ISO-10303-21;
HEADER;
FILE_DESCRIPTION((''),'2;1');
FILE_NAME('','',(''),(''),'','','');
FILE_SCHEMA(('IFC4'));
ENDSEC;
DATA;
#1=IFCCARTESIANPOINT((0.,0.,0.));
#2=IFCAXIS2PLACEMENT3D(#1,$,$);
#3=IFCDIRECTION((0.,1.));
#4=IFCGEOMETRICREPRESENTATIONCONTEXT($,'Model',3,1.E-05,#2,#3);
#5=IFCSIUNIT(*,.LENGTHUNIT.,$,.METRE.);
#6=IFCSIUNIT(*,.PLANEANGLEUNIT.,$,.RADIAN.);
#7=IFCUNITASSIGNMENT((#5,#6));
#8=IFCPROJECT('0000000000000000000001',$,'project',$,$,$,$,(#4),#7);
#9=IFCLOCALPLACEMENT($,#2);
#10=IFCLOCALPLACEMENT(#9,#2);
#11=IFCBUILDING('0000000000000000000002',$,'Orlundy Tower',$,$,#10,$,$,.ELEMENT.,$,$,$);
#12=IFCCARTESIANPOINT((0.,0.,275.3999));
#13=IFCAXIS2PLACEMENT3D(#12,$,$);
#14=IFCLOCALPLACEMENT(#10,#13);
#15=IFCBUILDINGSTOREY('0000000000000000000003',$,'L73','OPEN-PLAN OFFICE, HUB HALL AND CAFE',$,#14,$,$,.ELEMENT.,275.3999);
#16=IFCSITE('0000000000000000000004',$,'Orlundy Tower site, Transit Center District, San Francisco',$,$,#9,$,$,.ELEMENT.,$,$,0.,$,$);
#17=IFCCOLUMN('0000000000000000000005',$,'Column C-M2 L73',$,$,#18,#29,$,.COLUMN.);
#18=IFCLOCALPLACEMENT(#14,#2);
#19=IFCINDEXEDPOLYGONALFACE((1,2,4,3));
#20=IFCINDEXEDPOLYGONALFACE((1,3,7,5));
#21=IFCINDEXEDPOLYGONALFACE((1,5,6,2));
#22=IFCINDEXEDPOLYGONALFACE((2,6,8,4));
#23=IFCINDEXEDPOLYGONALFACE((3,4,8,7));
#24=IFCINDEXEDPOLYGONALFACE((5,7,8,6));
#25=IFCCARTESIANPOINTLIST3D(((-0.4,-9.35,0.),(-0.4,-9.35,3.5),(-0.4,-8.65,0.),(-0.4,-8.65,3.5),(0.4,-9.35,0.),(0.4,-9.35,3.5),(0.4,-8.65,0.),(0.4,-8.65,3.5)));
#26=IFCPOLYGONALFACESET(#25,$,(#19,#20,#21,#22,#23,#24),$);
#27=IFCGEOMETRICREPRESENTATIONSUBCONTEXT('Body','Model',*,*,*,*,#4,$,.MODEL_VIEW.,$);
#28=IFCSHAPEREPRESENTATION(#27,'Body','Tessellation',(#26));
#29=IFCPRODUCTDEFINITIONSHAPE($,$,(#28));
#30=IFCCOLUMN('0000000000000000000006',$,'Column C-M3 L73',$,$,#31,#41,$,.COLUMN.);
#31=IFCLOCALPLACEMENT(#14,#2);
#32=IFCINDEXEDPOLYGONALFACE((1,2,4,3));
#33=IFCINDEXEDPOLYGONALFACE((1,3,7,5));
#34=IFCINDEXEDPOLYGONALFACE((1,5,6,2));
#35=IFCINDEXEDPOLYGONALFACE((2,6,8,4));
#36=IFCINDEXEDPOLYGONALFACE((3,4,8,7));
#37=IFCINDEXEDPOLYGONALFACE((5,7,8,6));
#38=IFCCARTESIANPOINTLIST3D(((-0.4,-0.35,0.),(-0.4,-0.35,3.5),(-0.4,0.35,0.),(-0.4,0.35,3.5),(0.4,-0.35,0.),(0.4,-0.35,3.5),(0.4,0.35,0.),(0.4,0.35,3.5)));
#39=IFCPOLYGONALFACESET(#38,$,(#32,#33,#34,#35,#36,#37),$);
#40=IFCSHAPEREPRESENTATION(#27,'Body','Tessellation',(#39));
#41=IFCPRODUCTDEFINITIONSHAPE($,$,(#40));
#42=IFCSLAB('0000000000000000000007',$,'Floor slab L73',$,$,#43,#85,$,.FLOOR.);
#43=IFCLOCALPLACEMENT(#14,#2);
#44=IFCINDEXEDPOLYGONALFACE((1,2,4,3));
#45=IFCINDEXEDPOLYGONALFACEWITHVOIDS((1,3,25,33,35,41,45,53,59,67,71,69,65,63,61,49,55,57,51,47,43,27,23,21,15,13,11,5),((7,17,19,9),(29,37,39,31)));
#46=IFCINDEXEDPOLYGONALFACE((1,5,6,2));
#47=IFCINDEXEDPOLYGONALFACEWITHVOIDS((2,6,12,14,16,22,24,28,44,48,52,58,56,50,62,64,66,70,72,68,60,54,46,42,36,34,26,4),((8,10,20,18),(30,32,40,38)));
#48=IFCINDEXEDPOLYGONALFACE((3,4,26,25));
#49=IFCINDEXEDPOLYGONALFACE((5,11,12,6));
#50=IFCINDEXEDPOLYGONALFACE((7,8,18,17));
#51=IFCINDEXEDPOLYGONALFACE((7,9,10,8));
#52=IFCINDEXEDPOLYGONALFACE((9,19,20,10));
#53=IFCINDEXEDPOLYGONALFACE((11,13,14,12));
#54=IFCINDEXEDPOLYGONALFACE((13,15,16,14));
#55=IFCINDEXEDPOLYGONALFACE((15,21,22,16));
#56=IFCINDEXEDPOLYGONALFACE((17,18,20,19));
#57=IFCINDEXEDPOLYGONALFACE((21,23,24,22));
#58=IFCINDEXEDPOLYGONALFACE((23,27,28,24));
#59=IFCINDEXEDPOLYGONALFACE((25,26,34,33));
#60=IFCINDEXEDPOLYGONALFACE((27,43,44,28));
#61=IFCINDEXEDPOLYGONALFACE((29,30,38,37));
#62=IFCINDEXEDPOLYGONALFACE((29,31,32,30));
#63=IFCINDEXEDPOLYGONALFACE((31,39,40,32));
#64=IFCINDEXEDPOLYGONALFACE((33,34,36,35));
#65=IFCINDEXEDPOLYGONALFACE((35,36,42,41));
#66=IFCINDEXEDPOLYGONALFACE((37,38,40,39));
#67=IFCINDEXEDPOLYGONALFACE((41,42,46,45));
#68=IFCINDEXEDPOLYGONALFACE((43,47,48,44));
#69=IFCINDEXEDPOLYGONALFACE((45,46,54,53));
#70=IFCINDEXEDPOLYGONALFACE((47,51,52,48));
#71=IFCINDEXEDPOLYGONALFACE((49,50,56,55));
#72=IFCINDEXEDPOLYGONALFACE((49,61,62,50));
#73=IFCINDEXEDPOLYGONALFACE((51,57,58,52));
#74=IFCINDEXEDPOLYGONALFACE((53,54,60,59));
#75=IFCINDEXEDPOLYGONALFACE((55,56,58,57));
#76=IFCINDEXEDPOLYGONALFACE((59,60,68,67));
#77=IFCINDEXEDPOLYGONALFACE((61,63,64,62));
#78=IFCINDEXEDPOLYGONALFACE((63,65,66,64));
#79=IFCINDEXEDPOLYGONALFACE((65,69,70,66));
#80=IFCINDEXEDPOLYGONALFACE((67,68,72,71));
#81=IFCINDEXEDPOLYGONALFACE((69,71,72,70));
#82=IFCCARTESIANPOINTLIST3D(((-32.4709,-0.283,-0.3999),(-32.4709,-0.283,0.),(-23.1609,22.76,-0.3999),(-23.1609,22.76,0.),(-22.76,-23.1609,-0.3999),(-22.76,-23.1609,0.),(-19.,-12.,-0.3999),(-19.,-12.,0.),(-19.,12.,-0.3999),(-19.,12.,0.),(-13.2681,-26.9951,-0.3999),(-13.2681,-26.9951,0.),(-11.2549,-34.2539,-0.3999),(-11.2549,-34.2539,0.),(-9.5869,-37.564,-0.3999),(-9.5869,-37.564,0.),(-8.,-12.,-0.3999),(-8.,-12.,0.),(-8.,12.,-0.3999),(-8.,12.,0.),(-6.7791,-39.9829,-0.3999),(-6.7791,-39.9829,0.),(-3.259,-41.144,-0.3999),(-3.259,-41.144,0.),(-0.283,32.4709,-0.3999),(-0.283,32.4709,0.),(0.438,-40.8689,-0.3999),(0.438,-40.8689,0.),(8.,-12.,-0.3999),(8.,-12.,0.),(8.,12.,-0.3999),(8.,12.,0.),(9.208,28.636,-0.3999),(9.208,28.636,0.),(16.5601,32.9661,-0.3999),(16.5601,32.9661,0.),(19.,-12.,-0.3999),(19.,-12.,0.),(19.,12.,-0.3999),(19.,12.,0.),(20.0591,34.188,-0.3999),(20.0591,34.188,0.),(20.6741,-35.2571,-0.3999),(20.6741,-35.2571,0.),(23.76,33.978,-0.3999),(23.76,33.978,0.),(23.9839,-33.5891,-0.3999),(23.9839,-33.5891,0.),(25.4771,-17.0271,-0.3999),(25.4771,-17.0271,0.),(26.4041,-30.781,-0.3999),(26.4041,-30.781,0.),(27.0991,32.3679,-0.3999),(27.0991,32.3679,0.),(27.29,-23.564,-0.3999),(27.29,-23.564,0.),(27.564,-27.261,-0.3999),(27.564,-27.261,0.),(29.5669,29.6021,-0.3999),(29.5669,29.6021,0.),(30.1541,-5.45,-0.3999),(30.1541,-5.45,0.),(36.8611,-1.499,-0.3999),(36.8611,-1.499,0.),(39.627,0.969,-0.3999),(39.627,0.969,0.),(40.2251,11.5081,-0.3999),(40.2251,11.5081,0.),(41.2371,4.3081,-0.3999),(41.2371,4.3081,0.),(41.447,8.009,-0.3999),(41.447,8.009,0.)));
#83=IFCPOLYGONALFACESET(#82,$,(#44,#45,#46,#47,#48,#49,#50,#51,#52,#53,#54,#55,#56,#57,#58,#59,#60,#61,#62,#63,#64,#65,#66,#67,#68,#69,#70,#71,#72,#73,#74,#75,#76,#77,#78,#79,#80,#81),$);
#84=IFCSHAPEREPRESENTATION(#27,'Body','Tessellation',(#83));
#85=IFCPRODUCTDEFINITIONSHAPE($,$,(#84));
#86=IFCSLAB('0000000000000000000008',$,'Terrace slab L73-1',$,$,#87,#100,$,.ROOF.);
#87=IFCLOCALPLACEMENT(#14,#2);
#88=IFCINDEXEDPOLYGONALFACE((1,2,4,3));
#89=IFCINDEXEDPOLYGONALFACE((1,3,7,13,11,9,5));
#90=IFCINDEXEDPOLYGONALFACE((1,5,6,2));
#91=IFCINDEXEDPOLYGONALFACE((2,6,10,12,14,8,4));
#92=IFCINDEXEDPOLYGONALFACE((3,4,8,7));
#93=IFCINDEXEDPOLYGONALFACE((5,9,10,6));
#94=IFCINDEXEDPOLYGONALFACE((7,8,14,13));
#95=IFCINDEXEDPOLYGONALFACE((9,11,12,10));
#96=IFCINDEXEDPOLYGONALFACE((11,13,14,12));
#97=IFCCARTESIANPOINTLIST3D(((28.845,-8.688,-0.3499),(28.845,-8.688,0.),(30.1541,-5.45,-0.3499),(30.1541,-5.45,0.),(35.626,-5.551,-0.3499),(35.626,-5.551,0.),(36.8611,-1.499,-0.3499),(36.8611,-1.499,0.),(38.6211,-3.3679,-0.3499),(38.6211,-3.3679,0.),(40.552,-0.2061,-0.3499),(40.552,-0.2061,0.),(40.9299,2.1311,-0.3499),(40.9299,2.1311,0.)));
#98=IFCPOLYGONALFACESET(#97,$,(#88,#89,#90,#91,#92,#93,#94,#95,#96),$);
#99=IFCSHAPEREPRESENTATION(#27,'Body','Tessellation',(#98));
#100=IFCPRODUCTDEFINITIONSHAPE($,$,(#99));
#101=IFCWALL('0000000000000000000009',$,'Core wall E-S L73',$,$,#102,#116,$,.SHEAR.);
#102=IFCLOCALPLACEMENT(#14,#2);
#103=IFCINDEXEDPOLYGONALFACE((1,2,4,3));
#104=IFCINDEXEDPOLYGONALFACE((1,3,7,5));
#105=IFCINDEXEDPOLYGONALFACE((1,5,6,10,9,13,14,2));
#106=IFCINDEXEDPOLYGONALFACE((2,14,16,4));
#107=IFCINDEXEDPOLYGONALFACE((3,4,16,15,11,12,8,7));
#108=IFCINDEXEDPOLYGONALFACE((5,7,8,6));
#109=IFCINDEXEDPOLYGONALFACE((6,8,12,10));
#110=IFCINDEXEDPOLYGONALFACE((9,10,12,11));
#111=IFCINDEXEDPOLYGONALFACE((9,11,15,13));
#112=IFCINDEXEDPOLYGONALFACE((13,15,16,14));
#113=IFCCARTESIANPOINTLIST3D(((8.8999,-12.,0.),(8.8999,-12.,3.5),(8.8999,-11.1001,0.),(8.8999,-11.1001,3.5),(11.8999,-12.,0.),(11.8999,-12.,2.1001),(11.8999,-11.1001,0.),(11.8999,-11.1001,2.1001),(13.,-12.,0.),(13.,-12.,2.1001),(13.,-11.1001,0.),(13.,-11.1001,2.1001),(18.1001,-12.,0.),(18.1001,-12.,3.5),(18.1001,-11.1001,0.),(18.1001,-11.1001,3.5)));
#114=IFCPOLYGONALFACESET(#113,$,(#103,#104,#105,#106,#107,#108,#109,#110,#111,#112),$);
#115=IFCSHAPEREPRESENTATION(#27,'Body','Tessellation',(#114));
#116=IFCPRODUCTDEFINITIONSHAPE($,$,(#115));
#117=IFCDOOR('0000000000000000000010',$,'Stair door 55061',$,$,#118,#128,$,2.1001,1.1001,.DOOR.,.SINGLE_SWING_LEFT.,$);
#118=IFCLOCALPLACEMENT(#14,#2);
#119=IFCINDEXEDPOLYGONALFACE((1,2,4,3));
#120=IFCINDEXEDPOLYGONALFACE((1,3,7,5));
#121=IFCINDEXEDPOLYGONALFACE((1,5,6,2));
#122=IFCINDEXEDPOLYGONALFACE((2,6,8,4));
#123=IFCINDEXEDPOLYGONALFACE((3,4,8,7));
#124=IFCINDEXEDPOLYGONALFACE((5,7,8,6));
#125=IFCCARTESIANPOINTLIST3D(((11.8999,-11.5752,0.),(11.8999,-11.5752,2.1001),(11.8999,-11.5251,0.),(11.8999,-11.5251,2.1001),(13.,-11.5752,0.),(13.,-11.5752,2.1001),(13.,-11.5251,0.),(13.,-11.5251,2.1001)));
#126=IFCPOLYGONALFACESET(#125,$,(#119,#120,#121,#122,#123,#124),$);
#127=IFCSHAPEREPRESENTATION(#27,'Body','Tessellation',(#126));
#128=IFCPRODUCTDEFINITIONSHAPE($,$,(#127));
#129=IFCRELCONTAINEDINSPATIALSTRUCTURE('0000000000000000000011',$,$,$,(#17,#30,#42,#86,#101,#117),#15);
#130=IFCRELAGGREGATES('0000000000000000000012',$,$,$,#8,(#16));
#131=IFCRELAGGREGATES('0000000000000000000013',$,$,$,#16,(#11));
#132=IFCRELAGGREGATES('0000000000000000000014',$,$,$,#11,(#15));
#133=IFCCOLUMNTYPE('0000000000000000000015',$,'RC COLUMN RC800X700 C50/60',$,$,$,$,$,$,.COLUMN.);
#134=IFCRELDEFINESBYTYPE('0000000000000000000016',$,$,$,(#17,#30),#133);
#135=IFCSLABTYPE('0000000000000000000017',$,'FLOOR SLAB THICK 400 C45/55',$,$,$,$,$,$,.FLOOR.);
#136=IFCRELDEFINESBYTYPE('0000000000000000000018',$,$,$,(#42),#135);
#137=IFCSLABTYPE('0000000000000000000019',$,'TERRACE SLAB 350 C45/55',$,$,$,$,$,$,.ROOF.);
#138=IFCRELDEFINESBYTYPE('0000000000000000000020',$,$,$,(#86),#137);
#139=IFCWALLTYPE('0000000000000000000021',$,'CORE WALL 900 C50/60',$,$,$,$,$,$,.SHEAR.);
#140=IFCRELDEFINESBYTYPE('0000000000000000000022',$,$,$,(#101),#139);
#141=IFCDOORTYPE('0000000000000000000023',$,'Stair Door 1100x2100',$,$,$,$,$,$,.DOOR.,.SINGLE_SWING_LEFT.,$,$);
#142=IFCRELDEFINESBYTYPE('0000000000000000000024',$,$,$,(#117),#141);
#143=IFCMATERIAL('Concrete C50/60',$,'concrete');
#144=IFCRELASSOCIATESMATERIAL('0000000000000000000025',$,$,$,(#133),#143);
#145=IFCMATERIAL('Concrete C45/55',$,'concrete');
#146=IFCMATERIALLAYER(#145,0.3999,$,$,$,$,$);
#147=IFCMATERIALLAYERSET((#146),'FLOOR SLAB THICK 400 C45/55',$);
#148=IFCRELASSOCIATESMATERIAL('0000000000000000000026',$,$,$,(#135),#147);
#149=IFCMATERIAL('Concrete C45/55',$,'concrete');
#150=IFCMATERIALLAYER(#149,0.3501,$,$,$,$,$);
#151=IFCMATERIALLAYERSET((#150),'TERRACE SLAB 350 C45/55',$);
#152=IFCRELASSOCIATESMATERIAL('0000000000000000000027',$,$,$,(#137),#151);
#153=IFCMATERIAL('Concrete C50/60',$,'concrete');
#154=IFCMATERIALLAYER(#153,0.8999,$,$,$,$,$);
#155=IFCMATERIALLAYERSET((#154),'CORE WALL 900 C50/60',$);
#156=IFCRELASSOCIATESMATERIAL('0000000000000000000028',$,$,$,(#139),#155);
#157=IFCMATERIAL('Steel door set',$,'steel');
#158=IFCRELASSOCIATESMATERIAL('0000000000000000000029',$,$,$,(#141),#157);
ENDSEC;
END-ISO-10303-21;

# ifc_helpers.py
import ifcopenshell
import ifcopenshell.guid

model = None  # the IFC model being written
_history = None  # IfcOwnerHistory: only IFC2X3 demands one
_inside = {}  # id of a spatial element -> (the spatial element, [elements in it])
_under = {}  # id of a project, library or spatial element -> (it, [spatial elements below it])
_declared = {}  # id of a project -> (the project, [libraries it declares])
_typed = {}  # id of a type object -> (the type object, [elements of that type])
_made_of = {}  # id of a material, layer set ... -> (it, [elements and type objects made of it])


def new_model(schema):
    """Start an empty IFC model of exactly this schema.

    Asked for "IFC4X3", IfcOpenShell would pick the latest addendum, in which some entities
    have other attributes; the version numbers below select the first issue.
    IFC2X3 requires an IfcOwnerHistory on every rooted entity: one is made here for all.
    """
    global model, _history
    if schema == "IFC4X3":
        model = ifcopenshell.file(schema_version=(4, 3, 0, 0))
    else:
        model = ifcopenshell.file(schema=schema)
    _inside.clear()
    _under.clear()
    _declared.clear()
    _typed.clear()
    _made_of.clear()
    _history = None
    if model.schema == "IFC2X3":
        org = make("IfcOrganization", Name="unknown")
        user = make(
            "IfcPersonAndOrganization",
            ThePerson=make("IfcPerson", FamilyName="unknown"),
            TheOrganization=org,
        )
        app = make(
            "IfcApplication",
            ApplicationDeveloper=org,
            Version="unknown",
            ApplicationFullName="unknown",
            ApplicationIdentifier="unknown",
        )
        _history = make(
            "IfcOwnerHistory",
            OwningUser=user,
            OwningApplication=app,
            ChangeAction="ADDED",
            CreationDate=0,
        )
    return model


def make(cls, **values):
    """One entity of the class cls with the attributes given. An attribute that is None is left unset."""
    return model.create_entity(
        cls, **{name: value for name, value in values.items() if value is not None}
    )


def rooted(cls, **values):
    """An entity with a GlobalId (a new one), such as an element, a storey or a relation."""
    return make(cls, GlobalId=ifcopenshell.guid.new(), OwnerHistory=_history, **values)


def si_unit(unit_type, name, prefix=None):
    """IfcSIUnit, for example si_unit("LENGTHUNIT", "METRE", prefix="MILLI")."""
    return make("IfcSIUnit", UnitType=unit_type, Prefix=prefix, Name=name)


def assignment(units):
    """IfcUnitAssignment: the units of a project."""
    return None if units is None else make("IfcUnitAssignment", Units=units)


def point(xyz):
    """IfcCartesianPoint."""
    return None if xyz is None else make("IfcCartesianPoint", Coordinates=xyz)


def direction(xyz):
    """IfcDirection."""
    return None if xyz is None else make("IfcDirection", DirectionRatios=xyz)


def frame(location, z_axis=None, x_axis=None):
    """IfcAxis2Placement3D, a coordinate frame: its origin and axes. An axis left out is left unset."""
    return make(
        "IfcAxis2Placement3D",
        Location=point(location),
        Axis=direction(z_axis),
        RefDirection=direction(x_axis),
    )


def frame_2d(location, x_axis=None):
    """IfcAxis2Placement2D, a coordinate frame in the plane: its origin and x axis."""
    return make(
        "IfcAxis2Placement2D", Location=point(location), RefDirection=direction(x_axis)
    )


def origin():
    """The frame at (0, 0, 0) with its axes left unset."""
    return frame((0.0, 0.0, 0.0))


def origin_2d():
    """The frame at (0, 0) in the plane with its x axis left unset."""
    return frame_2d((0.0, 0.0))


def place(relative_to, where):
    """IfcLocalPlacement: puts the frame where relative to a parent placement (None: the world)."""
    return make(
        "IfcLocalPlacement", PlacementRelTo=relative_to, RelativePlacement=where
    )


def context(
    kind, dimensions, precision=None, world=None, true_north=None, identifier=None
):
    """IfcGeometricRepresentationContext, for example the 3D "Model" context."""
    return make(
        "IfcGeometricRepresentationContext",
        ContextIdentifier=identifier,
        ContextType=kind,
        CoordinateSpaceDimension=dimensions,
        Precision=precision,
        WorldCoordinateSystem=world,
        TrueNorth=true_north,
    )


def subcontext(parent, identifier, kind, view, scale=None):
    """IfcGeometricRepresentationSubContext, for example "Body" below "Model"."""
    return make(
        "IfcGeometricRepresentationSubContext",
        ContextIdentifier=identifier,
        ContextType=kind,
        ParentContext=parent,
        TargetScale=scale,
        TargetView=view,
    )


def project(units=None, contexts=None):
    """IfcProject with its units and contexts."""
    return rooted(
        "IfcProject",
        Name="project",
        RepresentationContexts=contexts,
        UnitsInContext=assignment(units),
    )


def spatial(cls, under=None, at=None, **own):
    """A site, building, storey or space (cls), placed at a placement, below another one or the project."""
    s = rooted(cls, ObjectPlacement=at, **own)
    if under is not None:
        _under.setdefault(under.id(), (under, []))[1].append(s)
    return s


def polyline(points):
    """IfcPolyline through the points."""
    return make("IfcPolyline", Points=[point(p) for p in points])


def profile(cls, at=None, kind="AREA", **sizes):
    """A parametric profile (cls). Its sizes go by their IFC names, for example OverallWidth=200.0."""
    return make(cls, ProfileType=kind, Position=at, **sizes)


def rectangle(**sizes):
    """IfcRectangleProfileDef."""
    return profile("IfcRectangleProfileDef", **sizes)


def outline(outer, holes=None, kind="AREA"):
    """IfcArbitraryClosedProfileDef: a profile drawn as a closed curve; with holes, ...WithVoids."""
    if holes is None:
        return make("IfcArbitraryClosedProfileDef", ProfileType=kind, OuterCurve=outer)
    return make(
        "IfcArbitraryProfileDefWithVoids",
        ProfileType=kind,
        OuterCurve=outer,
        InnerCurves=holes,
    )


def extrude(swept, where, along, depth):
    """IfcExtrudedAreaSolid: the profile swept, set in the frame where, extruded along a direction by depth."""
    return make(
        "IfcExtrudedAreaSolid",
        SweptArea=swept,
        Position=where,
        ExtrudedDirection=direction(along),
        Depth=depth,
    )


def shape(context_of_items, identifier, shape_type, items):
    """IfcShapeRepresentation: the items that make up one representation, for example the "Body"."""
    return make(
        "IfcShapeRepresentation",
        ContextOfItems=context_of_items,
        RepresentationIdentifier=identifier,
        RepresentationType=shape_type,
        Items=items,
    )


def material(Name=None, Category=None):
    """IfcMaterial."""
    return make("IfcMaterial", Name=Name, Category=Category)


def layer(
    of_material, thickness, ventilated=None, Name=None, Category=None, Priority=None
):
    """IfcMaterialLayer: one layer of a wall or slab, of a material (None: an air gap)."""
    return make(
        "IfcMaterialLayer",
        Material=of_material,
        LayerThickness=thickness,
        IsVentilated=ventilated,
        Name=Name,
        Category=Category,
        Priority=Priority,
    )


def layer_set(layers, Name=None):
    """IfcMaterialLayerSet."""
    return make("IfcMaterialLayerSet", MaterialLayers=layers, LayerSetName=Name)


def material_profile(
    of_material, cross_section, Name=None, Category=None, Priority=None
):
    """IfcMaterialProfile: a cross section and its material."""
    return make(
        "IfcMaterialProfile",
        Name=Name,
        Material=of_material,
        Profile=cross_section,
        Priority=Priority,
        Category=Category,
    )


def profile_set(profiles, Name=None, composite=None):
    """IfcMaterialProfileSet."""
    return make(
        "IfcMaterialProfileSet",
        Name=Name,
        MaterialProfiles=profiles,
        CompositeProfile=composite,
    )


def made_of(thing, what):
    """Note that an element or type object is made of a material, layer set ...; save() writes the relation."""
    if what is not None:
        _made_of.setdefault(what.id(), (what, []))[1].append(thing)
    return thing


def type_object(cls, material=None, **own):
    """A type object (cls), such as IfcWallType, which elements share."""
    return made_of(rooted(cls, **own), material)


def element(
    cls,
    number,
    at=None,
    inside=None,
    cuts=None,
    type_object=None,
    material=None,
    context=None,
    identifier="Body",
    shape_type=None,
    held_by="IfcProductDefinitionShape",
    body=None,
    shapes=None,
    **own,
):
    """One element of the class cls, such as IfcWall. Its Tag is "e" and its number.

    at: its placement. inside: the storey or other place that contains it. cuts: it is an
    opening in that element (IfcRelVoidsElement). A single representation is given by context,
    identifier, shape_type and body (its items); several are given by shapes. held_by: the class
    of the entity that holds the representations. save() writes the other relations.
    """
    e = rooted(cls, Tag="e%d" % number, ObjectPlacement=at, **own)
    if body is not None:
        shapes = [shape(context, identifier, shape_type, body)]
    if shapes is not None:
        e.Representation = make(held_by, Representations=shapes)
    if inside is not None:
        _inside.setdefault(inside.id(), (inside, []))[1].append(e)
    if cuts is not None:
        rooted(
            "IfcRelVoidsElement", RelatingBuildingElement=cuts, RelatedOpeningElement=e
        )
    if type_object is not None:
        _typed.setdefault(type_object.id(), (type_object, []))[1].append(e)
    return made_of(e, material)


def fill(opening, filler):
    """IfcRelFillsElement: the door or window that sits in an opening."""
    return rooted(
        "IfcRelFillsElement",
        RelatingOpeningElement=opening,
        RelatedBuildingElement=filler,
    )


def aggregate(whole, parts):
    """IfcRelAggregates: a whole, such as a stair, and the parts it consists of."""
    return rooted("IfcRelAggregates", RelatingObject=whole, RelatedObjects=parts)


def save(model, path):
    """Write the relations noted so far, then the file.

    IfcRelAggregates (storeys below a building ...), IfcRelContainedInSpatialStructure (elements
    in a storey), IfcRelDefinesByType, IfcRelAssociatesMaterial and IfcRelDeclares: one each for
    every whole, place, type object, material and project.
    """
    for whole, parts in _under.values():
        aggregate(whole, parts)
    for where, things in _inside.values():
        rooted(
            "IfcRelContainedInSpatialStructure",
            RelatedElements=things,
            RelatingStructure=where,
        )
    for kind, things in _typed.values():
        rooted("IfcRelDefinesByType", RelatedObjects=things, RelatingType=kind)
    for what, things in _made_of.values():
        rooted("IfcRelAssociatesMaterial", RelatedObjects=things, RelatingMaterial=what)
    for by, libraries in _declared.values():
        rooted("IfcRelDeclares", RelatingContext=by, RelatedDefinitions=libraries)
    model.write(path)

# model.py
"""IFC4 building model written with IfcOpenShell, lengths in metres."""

from ifc_helpers import new_model, si_unit, direction, frame, frame_2d, origin, origin_2d, place, context, subcontext, project, spatial, polyline, rectangle, outline, extrude, material, layer, layer_set, material_profile, profile_set, type_object, element, fill, save


model = new_model("IFC4")

# Units and contexts
model_context = context("Model", 3, precision=1e-05, world=origin(), true_north=direction((0.0, 1.0)))
body_context = subcontext(model_context, "Body", "Model", "MODEL_VIEW")
ifc_project = project(units=[si_unit("LENGTHUNIT", "METRE"), si_unit("PLANEANGLEUNIT", "RADIAN")], contexts=[model_context])

# Site, building, storey
site_placement = place(None, origin())
site = spatial("IfcSite", under=ifc_project, at=site_placement, Name="Orlundy Tower site, Transit Center District, San Francisco", CompositionType="ELEMENT", RefElevation=0.0)
building_placement = place(site_placement, origin())
building = spatial("IfcBuilding", under=site, at=building_placement, Name="Orlundy Tower", CompositionType="ELEMENT")
storey_placement = place(building_placement, frame((0.0, 0.0, 275.3999)))
storey = spatial("IfcBuildingStorey", under=building, at=storey_placement, Name="L73", Description="OPEN-PLAN OFFICE, HUB HALL AND CAFE", CompositionType="ELEMENT", Elevation=275.3999)

# Columns
ifc_material_1 = material(Name="Concrete C50/60", Category="concrete")
ifc_material_profile = material_profile(ifc_material_1, rectangle(XDim=0.8, YDim=0.7, at=origin_2d()), Name="RC800X700")
ifc_profile_set = profile_set([ifc_material_profile], Name="Concrete C50/60")
column_type = type_object("IfcColumnType", Name="RC COLUMN RC800X700 C50/60", PredefinedType="COLUMN", material=ifc_profile_set)
for number, where, z_axis, x_axis, name in (
    (1, (0.0, -9.0, 0.0), (0.0, 0.0, 1.0), (1.0, 0.0, 0.0), "Column C-M2 L73"),
    (2, (0.0, 0.0, 0.0), (0.0, 0.0, 1.0), (1.0, 0.0, 0.0), "Column C-M3 L73"),
):
    element("IfcColumn", number, at=place(storey_placement, frame(where, z_axis=z_axis, x_axis=x_axis)), inside=storey, type_object=column_type, Name=name, PredefinedType="COLUMN", context=body_context, shape_type="SweptSolid", body=[
        extrude(rectangle(XDim=0.8, YDim=0.7, at=origin_2d()), origin(), (0.0, 0.0, 1.0), 3.5),
    ])

# Slabs
ifc_material_2 = material(Name="Concrete C45/55", Category="concrete")
ifc_layer_1 = layer(ifc_material_2, 0.3999)
ifc_layer_set_1 = layer_set([ifc_layer_1], Name="FLOOR SLAB THICK 400 C45/55")
slab_type_1 = type_object("IfcSlabType", Name="FLOOR SLAB THICK 400 C45/55", PredefinedType="FLOOR", material=ifc_layer_set_1)
slab_1_placement = place(storey_placement, frame((0.0, 0.0, -0.3999)))
element("IfcSlab", 3, at=slab_1_placement, inside=storey, type_object=slab_type_1, Name="Floor slab L73", PredefinedType="FLOOR", context=body_context, shape_type="SweptSolid", body=[
    extrude(outline(polyline([(30.1541, -5.45), (25.4771, -17.0271), (27.29, -23.564), (27.564, -27.261), (26.4041, -30.781), (23.9839, -33.5891), (20.6741, -35.2571), (0.438, -40.8689), (-3.259, -41.144), (-6.7791, -39.9829), (-9.5869, -37.564), (-11.2549, -34.2539), (-13.2681, -26.9951), (-22.76, -23.1609), (-32.4709, -0.283), (-23.1609, 22.76), (-0.283, 32.4709), (9.208, 28.636), (16.5601, 32.9661), (20.0591, 34.188), (23.76, 33.978), (27.0991, 32.3679), (29.5669, 29.6021), (40.2251, 11.5081), (41.447, 8.009), (41.2371, 4.3081), (39.627, 0.969), (36.8611, -1.499), (30.1541, -5.45)]), holes=[polyline([(-8.0, -12.0), (-8.0, 12.0), (-19.0, 12.0), (-19.0, -12.0), (-8.0, -12.0)]), polyline([(19.0, -12.0), (19.0, 12.0), (8.0, 12.0), (8.0, -12.0), (19.0, -12.0)])]), origin(), (0.0, 0.0, 1.0), 0.3999),
])
ifc_material_3 = material(Name="Concrete C45/55", Category="concrete")
ifc_layer_2 = layer(ifc_material_3, 0.3501)
ifc_layer_set_2 = layer_set([ifc_layer_2], Name="TERRACE SLAB 350 C45/55")
slab_type_2 = type_object("IfcSlabType", Name="TERRACE SLAB 350 C45/55", PredefinedType="ROOF", material=ifc_layer_set_2)
slab_2_placement = place(storey_placement, frame((0.0, 0.0, -0.3499)))
element("IfcSlab", 4, at=slab_2_placement, inside=storey, type_object=slab_type_2, Name="Terrace slab L73-1", PredefinedType="ROOF", context=body_context, shape_type="SweptSolid", body=[
    extrude(outline(polyline([(28.845, -8.688), (30.1541, -5.45), (36.8611, -1.499), (40.9299, 2.1311), (40.552, -0.2061), (38.6211, -3.3679), (35.626, -5.551), (28.845, -8.688)])), origin(), (0.0, 0.0, 1.0), 0.3499),
])

# Wall, opening, door
ifc_material_4 = material(Name="Concrete C50/60", Category="concrete")
ifc_layer_3 = layer(ifc_material_4, 0.8999)
ifc_layer_set_3 = layer_set([ifc_layer_3], Name="CORE WALL 900 C50/60")
wall_type_1 = type_object("IfcWallType", Name="CORE WALL 900 C50/60", PredefinedType="SHEAR", material=ifc_layer_set_3)
wall_1_placement = place(storey_placement, frame((8.8999, -11.55, 0.0), z_axis=(0.0, 0.0, 1.0), x_axis=(1.0, 0.0, 0.0)))
wall_1 = element("IfcWall", 5, at=wall_1_placement, inside=storey, type_object=wall_type_1, Name="Core wall E-S L73", PredefinedType="SHEAR", context=body_context, shape_type="SweptSolid", body=[
    extrude(rectangle(XDim=9.2002, YDim=0.8999, at=frame_2d((4.6001, 0.0))), origin(), (0.0, 0.0, 1.0), 3.5),
])
opening_1_placement = place(wall_1_placement, frame((3.0, 0.0, 0.0)))
opening_1 = element("IfcOpeningElement", 6, at=opening_1_placement, cuts=wall_1, PredefinedType="OPENING", context=body_context, shape_type="SweptSolid", body=[
    extrude(rectangle(XDim=1.1001, YDim=2.1001, at=frame_2d((0.55, 1.05))), frame((0.0, 0.46, 0.0), z_axis=(0.0, -1.0, 0.0), x_axis=(1.0, 0.0, 0.0)), (0.0, 0.0, 1.0), 0.9199),
])
ifc_material_5 = material(Name="Steel door set", Category="steel")
door_type_1 = type_object("IfcDoorType", Name="Stair Door 1100x2100", OperationType="SINGLE_SWING_LEFT", PredefinedType="DOOR", material=ifc_material_5)
door_1_placement = place(opening_1_placement, origin())
door_1 = element("IfcDoor", 7, at=door_1_placement, inside=storey, type_object=door_type_1, Name="Stair door 55061", OperationType="SINGLE_SWING_LEFT", OverallHeight=2.1001, OverallWidth=1.1001, PredefinedType="DOOR", context=body_context, shape_type="SweptSolid", body=[
    extrude(rectangle(XDim=1.1001, YDim=2.1001, at=frame_2d((0.55, 1.05))), frame((0.0, 0.0249, 0.0), z_axis=(0.0, -1.0, 0.0), x_axis=(1.0, 0.0, 0.0)), (0.0, 0.0, 1.0), 0.05),
])
fill(opening_1, door_1)

save(model, "model.ifc")
